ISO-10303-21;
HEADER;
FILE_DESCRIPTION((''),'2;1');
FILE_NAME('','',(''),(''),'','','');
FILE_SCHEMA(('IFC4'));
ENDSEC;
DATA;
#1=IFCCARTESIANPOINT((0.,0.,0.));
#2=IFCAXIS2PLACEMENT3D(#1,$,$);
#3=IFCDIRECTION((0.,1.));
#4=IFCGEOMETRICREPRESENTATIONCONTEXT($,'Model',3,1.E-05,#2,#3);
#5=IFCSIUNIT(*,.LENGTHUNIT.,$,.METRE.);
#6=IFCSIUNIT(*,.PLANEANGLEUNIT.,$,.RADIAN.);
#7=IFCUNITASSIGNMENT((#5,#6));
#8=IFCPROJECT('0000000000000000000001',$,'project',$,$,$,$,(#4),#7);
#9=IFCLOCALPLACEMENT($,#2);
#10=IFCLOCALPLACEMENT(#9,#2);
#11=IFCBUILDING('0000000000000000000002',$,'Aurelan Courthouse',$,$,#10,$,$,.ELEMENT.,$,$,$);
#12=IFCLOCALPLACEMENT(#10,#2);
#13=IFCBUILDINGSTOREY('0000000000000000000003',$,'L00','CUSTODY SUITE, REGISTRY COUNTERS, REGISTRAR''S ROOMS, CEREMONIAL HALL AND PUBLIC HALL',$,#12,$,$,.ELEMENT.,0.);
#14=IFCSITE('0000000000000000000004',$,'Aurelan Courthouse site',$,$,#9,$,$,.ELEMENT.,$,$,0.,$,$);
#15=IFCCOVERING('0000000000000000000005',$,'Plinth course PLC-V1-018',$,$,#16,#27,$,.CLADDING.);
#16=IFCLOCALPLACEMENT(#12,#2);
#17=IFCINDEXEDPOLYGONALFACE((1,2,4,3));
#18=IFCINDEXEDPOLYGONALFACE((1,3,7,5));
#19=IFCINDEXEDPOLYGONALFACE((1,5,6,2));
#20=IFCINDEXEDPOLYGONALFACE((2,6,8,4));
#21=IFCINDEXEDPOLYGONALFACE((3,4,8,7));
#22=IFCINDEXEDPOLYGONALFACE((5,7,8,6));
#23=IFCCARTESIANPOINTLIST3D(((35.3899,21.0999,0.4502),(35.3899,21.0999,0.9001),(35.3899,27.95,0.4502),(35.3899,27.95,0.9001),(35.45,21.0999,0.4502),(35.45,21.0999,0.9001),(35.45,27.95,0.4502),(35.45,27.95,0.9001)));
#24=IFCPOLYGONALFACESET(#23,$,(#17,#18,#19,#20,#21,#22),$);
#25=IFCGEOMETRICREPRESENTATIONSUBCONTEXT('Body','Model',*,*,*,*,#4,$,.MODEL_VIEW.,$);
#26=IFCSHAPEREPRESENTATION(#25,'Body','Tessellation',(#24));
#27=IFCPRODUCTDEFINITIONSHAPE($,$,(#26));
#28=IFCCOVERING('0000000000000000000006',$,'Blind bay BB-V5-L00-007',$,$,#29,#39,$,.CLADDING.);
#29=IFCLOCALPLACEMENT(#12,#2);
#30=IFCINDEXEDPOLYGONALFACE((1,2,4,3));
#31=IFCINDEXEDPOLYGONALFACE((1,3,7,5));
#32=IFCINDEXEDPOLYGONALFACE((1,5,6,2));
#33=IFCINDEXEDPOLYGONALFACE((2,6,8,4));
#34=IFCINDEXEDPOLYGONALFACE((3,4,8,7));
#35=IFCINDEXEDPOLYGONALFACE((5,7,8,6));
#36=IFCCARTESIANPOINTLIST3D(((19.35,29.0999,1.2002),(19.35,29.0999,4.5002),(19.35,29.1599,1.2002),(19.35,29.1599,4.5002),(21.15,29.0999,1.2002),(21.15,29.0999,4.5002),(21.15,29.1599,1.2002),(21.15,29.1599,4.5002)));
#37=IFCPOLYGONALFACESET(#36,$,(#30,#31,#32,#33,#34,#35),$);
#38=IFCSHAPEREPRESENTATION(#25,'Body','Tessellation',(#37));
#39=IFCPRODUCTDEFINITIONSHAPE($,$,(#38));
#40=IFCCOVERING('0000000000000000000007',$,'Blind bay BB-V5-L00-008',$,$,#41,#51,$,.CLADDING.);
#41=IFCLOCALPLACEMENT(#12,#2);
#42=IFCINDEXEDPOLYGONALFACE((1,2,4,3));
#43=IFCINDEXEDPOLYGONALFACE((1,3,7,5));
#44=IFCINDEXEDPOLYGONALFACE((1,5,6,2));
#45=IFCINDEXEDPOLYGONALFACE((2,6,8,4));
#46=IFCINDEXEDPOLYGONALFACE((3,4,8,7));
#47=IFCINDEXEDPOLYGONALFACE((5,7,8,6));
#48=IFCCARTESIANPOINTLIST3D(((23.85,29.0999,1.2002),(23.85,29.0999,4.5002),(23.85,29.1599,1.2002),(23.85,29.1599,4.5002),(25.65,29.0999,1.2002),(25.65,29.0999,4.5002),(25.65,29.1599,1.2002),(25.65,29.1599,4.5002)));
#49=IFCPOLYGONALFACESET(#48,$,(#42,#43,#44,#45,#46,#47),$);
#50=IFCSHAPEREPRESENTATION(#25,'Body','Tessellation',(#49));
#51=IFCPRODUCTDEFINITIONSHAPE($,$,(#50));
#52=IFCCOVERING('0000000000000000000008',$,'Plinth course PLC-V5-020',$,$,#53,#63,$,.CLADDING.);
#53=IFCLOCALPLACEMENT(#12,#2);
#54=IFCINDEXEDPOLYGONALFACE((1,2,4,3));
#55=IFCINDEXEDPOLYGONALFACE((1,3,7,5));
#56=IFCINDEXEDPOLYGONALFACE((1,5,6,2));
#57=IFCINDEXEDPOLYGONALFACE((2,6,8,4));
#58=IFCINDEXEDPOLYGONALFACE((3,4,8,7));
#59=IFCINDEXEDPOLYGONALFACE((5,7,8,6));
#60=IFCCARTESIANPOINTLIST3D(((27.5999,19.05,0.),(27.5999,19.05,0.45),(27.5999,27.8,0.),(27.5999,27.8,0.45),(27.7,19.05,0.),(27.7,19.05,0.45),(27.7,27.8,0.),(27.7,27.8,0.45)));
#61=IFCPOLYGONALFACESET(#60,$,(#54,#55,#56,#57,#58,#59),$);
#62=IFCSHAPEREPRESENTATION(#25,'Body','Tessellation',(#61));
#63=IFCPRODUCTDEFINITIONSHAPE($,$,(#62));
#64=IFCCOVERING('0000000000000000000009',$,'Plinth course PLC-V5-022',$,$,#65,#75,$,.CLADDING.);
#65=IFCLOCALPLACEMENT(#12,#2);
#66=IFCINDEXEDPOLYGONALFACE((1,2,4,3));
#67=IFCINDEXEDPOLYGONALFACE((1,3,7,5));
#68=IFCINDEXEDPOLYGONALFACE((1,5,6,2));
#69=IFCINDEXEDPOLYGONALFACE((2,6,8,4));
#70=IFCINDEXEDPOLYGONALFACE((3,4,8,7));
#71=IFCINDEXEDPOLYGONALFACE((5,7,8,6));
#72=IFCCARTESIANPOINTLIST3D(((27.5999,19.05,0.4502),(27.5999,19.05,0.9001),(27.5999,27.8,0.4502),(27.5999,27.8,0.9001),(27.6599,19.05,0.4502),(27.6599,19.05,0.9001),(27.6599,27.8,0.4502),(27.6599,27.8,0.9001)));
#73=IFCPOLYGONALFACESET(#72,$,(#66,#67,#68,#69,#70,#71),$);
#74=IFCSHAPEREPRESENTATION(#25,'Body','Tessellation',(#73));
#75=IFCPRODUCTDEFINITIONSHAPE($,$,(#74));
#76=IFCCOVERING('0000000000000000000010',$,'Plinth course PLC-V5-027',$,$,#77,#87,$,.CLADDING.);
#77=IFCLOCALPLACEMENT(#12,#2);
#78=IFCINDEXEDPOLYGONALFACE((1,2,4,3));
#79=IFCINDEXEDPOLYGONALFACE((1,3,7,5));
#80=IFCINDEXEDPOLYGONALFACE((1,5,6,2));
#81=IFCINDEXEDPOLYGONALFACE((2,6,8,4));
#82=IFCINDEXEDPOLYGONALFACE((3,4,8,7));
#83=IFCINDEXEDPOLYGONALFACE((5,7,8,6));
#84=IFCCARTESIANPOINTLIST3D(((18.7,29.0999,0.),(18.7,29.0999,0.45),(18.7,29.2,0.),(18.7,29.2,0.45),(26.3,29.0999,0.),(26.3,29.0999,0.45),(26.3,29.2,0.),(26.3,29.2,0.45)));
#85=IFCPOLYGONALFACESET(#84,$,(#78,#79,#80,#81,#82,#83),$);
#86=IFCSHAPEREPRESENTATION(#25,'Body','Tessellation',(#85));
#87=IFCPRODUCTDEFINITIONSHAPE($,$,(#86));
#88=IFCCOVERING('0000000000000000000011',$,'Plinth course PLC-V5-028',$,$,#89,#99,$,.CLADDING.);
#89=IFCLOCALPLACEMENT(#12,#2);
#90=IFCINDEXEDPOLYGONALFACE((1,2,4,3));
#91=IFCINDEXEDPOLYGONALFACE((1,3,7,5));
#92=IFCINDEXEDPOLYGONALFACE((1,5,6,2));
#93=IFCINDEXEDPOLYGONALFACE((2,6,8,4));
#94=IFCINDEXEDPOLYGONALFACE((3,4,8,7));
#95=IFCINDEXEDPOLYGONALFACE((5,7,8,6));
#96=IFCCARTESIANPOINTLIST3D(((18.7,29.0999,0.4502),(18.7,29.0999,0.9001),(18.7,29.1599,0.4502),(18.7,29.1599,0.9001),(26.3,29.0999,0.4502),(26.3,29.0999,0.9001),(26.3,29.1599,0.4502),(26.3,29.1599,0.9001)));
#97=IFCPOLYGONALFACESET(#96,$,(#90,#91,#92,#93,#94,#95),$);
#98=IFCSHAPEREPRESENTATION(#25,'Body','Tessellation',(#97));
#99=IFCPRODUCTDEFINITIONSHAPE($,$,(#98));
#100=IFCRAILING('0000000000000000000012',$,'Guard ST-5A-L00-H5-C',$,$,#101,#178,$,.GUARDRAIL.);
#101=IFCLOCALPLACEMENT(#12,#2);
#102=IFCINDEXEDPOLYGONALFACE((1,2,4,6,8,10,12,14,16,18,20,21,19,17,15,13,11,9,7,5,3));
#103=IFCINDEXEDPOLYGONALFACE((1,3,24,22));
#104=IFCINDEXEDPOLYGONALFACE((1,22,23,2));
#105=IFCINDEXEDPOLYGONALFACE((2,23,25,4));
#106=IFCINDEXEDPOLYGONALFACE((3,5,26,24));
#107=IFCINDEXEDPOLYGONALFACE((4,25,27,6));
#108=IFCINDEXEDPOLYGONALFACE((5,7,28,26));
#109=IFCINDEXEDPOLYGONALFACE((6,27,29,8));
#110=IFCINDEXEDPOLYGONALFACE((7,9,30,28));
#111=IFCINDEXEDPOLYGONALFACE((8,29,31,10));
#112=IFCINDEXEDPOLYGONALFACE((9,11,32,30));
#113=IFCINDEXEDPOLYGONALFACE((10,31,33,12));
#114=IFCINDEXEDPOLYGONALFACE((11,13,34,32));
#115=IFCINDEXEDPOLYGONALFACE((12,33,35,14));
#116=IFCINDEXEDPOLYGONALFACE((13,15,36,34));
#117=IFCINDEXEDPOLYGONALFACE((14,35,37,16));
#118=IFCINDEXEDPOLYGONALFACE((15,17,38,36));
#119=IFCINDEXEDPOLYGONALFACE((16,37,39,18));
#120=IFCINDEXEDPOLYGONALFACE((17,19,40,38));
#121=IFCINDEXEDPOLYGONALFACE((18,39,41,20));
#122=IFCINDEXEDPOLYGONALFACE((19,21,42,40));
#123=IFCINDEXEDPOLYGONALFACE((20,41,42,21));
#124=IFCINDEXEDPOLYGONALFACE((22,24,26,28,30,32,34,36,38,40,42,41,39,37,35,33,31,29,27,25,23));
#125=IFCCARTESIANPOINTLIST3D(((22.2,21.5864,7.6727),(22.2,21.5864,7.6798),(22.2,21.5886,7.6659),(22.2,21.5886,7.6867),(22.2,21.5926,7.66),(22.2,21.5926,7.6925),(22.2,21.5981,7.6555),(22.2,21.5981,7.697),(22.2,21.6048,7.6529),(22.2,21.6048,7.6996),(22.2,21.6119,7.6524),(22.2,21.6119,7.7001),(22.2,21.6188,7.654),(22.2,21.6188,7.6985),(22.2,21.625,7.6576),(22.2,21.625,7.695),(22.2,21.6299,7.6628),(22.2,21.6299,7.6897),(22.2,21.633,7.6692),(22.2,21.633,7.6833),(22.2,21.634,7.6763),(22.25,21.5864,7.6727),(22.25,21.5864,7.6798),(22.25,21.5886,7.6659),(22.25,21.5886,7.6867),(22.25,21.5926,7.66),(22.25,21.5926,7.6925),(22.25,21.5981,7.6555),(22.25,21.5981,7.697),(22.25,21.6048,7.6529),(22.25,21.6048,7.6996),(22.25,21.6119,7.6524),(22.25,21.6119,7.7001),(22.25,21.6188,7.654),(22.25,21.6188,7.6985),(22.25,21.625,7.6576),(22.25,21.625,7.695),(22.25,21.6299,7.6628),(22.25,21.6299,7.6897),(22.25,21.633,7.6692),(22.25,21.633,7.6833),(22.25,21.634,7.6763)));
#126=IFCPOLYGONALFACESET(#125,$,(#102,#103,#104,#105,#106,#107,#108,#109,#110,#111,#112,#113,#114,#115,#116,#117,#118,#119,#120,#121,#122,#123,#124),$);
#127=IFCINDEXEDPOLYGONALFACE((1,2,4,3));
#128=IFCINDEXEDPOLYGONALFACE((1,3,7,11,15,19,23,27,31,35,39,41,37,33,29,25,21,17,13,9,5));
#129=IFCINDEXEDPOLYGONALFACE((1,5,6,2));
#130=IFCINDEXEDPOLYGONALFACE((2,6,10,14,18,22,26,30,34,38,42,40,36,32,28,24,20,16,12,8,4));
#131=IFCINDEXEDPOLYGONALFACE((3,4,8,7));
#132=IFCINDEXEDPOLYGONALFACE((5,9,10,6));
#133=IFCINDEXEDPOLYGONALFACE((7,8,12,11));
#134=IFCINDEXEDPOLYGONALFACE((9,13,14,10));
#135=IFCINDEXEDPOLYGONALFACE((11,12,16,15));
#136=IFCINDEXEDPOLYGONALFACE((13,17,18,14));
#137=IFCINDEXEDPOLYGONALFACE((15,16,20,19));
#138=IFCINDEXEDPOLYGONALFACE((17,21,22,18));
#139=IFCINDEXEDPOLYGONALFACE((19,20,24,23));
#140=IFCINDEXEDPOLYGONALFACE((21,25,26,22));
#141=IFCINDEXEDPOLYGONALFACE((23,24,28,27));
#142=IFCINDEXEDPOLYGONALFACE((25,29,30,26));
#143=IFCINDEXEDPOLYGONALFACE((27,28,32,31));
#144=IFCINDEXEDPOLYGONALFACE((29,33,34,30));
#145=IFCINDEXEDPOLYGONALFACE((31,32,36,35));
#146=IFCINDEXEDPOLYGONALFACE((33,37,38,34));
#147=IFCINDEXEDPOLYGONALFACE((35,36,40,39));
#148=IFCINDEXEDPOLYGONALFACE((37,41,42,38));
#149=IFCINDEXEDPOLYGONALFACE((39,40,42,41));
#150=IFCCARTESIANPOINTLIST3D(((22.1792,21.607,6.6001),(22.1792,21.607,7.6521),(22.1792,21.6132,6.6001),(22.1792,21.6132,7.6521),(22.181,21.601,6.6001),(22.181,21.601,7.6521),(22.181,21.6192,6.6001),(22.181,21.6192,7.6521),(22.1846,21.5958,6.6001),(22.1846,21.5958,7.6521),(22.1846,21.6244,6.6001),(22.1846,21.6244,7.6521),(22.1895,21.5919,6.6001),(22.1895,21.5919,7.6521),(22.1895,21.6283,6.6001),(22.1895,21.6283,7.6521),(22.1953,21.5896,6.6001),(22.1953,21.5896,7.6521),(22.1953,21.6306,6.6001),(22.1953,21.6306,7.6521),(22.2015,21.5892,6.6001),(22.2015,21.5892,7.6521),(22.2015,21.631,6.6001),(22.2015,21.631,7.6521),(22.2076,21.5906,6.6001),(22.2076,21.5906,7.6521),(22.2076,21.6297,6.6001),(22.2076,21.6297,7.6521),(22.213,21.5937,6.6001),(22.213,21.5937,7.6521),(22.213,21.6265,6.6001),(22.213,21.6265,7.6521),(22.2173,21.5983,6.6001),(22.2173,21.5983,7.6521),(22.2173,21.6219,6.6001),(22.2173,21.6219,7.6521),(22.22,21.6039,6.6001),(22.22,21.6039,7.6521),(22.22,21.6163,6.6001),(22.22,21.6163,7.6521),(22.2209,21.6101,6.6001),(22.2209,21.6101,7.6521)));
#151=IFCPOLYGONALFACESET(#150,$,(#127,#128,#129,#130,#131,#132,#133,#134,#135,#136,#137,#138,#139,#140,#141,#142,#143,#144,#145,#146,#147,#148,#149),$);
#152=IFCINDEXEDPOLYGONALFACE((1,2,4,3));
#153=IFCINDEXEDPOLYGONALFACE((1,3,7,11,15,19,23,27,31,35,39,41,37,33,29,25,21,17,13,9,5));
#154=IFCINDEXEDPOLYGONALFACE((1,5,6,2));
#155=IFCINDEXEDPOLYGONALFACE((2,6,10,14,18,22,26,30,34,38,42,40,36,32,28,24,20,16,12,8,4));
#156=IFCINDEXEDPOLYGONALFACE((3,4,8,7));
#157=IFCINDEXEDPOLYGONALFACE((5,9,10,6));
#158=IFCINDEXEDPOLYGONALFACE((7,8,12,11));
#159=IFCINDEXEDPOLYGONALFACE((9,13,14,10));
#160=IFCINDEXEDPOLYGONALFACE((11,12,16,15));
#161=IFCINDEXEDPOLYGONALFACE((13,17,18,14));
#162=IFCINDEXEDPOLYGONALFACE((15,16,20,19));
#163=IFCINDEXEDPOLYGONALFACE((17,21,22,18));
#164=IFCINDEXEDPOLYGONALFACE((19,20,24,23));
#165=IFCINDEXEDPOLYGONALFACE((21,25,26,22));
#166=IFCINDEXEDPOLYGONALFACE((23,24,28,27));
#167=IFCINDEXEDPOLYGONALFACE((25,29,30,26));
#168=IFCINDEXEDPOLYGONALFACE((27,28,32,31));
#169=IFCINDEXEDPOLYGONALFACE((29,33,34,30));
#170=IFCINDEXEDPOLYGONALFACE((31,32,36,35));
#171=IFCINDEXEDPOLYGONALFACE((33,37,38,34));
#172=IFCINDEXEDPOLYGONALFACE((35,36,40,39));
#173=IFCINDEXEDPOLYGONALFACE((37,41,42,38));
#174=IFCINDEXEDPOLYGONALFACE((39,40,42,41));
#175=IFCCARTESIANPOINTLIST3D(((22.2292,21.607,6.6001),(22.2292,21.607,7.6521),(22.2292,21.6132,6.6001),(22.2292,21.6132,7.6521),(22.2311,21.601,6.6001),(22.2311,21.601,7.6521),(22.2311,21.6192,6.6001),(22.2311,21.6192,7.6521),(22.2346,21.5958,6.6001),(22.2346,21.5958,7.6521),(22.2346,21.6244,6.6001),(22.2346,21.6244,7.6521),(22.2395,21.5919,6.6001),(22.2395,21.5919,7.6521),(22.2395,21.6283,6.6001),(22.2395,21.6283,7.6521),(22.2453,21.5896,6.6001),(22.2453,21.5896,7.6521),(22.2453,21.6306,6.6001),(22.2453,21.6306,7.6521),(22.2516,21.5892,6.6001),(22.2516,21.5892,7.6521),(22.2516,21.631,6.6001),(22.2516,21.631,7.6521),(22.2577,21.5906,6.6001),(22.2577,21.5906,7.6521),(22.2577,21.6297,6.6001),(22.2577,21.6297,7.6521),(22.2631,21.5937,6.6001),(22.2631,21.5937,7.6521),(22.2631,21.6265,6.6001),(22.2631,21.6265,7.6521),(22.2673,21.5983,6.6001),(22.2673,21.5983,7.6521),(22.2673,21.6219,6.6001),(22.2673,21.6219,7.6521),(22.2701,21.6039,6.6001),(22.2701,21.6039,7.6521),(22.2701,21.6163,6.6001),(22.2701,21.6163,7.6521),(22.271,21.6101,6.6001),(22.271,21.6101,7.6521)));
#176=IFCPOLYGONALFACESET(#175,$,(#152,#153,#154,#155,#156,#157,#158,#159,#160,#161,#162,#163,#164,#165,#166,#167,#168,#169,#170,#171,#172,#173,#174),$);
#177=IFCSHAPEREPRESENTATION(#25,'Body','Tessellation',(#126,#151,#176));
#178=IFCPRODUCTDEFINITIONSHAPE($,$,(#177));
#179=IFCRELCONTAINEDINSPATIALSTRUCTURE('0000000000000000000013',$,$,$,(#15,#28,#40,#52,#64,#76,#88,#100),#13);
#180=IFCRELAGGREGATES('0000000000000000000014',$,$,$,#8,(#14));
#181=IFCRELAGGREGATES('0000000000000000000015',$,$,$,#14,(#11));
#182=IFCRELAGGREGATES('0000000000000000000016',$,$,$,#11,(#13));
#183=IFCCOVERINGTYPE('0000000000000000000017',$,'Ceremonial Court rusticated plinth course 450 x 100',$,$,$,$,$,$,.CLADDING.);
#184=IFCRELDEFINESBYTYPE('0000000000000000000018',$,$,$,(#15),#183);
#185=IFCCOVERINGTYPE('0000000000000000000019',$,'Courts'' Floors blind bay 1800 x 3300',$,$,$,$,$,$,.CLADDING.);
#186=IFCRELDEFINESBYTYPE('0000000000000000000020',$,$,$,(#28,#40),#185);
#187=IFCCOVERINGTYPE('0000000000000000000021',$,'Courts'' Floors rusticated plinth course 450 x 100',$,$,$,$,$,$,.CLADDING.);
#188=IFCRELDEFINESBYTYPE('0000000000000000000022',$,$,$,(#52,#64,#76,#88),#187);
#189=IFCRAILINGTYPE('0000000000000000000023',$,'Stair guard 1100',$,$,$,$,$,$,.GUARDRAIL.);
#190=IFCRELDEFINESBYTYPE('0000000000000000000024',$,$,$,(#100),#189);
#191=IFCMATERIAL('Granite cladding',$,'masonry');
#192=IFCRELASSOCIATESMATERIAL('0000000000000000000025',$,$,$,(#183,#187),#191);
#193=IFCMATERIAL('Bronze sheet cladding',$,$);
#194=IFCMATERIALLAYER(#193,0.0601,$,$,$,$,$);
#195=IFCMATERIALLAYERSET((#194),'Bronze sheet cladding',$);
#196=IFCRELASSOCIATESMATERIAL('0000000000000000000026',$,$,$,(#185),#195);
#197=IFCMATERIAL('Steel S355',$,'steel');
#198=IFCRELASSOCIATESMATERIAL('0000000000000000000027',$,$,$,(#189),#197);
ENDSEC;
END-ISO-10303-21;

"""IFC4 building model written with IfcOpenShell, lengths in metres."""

from ifc_helpers import new_model, si_unit, direction, frame, origin, origin_2d, place, context, subcontext, project, spatial, rectangle, circle, extrude, material, layer, layer_set, type_object, element, save


model = new_model("IFC4")

# Units and contexts
model_context = context("Model", 3, precision=1e-05, world=origin(), true_north=direction((0.0, 1.0)))
body_context = subcontext(model_context, "Body", "Model", "MODEL_VIEW")
ifc_project = project(units=[si_unit("LENGTHUNIT", "METRE"), si_unit("PLANEANGLEUNIT", "RADIAN")], contexts=[model_context])

# Site, building, storey
site_placement = place(None, origin())
site = spatial("IfcSite", under=ifc_project, at=site_placement, Name="Aurelan Courthouse site", CompositionType="ELEMENT", RefElevation=0.0)
building_placement = place(site_placement, origin())
building = spatial("IfcBuilding", under=site, at=building_placement, Name="Aurelan Courthouse", CompositionType="ELEMENT")
storey_placement = place(building_placement, origin())
storey = spatial("IfcBuildingStorey", under=building, at=storey_placement, Name="L00", Description="CUSTODY SUITE, REGISTRY COUNTERS, REGISTRAR'S ROOMS, CEREMONIAL HALL AND PUBLIC HALL", CompositionType="ELEMENT", Elevation=0.0)

# Shared definitions
ifc_material_1 = material(Name="Granite cladding", Category="masonry")

# Coverings
ifc_material_2 = material(Name="Bronze sheet cladding")
covering_type_1 = type_object("IfcCoveringType", Name="Ceremonial Court rusticated plinth course 450 x 100", PredefinedType="CLADDING", material=ifc_material_1)
covering_1_placement = place(storey_placement, frame((35.4199, 24.5249, 0.4502), z_axis=(0.0, 0.0, 1.0), x_axis=(1.0, 0.0, 0.0)))
element("IfcCovering", 1, at=covering_1_placement, inside=storey, type_object=covering_type_1, Name="Plinth course PLC-V1-018", PredefinedType="CLADDING", context=body_context, shape_type="SweptSolid", body=[
    extrude(rectangle(XDim=0.0601, YDim=6.8501, at=origin_2d()), origin(), (0.0, 0.0, 1.0), 0.45),
])
ifc_layer_1 = layer(ifc_material_2, 0.0601)
ifc_layer_set_1 = layer_set([ifc_layer_1], Name="Bronze sheet cladding")
covering_type_2 = type_object("IfcCoveringType", Name="Courts' Floors blind bay 1800 x 3300", PredefinedType="CLADDING", material=ifc_layer_set_1)
for number, where, z_axis, x_axis, name in (
    (2, (20.25, 29.1299, 1.2002), (0.0, 0.0, 1.0), (1.0, 0.0, 0.0), "Blind bay BB-V5-L00-007"),
    (3, (24.75, 29.1299, 1.2002), (0.0, 0.0, 1.0), (1.0, 0.0, 0.0), "Blind bay BB-V5-L00-008"),
):
    element("IfcCovering", number, at=place(storey_placement, frame(where, z_axis=z_axis, x_axis=x_axis)), inside=storey, type_object=covering_type_2, Name=name, PredefinedType="CLADDING", context=body_context, shape_type="SweptSolid", body=[
        extrude(rectangle(XDim=1.8, YDim=0.0601, at=origin_2d()), origin(), (0.0, 0.0, 1.0), 3.3),
    ])
covering_type_3 = type_object("IfcCoveringType", Name="Courts' Floors rusticated plinth course 450 x 100", PredefinedType="CLADDING", material=ifc_material_1)
covering_2_placement = place(storey_placement, frame((27.6499, 23.425, 0.0), z_axis=(0.0, 0.0, 1.0), x_axis=(1.0, 0.0, 0.0)))
element("IfcCovering", 4, at=covering_2_placement, inside=storey, type_object=covering_type_3, Name="Plinth course PLC-V5-020", PredefinedType="CLADDING", context=body_context, shape_type="SweptSolid", body=[
    extrude(rectangle(XDim=0.1001, YDim=8.75, at=origin_2d()), origin(), (0.0, 0.0, 1.0), 0.45),
])
covering_3_placement = place(storey_placement, frame((27.6299, 23.425, 0.4502), z_axis=(0.0, 0.0, 1.0), x_axis=(1.0, 0.0, 0.0)))
element("IfcCovering", 5, at=covering_3_placement, inside=storey, type_object=covering_type_3, Name="Plinth course PLC-V5-022", PredefinedType="CLADDING", context=body_context, shape_type="SweptSolid", body=[
    extrude(rectangle(XDim=0.0601, YDim=8.75, at=origin_2d()), origin(), (0.0, 0.0, 1.0), 0.45),
])
covering_4_placement = place(storey_placement, frame((22.5, 29.1499, 0.0), z_axis=(0.0, 0.0, 1.0), x_axis=(1.0, 0.0, 0.0)))
element("IfcCovering", 6, at=covering_4_placement, inside=storey, type_object=covering_type_3, Name="Plinth course PLC-V5-027", PredefinedType="CLADDING", context=body_context, shape_type="SweptSolid", body=[
    extrude(rectangle(XDim=7.6001, YDim=0.1001, at=origin_2d()), origin(), (0.0, 0.0, 1.0), 0.45),
])
covering_5_placement = place(storey_placement, frame((22.5, 29.1299, 0.4502), z_axis=(0.0, 0.0, 1.0), x_axis=(1.0, 0.0, 0.0)))
element("IfcCovering", 7, at=covering_5_placement, inside=storey, type_object=covering_type_3, Name="Plinth course PLC-V5-028", PredefinedType="CLADDING", context=body_context, shape_type="SweptSolid", body=[
    extrude(rectangle(XDim=7.6001, YDim=0.0601, at=origin_2d()), origin(), (0.0, 0.0, 1.0), 0.45),
])

# Railing
ifc_material_3 = material(Name="Steel S355", Category="steel")
railing_type_1 = type_object("IfcRailingType", Name="Stair guard 1100", PredefinedType="GUARDRAIL", material=ifc_material_3)
railing_1_placement = place(storey_placement, frame((22.2, 21.6101, 6.6001)))
element("IfcRailing", 8, at=railing_1_placement, inside=storey, type_object=railing_type_1, Name="Guard ST-5A-L00-H5-C", PredefinedType="GUARDRAIL", context=body_context, shape_type="SweptSolid", body=[
    extrude(circle(Radius=0.0239, at=origin_2d()), frame((0.0, 0.0, 1.0762), z_axis=(1.0, 0.0, 0.0), x_axis=(0.0, 1.0, 0.0)), (0.0, 0.0, 1.0), 0.05),
    extrude(circle(Radius=0.021, at=origin_2d()), origin(), (0.0, 0.0, 1.0), 1.052),
    extrude(circle(Radius=0.021, at=origin_2d()), frame((0.05, 0.0, 0.0)), (0.0, 0.0, 1.0), 1.052),
])

save(model, "model.ifc")
